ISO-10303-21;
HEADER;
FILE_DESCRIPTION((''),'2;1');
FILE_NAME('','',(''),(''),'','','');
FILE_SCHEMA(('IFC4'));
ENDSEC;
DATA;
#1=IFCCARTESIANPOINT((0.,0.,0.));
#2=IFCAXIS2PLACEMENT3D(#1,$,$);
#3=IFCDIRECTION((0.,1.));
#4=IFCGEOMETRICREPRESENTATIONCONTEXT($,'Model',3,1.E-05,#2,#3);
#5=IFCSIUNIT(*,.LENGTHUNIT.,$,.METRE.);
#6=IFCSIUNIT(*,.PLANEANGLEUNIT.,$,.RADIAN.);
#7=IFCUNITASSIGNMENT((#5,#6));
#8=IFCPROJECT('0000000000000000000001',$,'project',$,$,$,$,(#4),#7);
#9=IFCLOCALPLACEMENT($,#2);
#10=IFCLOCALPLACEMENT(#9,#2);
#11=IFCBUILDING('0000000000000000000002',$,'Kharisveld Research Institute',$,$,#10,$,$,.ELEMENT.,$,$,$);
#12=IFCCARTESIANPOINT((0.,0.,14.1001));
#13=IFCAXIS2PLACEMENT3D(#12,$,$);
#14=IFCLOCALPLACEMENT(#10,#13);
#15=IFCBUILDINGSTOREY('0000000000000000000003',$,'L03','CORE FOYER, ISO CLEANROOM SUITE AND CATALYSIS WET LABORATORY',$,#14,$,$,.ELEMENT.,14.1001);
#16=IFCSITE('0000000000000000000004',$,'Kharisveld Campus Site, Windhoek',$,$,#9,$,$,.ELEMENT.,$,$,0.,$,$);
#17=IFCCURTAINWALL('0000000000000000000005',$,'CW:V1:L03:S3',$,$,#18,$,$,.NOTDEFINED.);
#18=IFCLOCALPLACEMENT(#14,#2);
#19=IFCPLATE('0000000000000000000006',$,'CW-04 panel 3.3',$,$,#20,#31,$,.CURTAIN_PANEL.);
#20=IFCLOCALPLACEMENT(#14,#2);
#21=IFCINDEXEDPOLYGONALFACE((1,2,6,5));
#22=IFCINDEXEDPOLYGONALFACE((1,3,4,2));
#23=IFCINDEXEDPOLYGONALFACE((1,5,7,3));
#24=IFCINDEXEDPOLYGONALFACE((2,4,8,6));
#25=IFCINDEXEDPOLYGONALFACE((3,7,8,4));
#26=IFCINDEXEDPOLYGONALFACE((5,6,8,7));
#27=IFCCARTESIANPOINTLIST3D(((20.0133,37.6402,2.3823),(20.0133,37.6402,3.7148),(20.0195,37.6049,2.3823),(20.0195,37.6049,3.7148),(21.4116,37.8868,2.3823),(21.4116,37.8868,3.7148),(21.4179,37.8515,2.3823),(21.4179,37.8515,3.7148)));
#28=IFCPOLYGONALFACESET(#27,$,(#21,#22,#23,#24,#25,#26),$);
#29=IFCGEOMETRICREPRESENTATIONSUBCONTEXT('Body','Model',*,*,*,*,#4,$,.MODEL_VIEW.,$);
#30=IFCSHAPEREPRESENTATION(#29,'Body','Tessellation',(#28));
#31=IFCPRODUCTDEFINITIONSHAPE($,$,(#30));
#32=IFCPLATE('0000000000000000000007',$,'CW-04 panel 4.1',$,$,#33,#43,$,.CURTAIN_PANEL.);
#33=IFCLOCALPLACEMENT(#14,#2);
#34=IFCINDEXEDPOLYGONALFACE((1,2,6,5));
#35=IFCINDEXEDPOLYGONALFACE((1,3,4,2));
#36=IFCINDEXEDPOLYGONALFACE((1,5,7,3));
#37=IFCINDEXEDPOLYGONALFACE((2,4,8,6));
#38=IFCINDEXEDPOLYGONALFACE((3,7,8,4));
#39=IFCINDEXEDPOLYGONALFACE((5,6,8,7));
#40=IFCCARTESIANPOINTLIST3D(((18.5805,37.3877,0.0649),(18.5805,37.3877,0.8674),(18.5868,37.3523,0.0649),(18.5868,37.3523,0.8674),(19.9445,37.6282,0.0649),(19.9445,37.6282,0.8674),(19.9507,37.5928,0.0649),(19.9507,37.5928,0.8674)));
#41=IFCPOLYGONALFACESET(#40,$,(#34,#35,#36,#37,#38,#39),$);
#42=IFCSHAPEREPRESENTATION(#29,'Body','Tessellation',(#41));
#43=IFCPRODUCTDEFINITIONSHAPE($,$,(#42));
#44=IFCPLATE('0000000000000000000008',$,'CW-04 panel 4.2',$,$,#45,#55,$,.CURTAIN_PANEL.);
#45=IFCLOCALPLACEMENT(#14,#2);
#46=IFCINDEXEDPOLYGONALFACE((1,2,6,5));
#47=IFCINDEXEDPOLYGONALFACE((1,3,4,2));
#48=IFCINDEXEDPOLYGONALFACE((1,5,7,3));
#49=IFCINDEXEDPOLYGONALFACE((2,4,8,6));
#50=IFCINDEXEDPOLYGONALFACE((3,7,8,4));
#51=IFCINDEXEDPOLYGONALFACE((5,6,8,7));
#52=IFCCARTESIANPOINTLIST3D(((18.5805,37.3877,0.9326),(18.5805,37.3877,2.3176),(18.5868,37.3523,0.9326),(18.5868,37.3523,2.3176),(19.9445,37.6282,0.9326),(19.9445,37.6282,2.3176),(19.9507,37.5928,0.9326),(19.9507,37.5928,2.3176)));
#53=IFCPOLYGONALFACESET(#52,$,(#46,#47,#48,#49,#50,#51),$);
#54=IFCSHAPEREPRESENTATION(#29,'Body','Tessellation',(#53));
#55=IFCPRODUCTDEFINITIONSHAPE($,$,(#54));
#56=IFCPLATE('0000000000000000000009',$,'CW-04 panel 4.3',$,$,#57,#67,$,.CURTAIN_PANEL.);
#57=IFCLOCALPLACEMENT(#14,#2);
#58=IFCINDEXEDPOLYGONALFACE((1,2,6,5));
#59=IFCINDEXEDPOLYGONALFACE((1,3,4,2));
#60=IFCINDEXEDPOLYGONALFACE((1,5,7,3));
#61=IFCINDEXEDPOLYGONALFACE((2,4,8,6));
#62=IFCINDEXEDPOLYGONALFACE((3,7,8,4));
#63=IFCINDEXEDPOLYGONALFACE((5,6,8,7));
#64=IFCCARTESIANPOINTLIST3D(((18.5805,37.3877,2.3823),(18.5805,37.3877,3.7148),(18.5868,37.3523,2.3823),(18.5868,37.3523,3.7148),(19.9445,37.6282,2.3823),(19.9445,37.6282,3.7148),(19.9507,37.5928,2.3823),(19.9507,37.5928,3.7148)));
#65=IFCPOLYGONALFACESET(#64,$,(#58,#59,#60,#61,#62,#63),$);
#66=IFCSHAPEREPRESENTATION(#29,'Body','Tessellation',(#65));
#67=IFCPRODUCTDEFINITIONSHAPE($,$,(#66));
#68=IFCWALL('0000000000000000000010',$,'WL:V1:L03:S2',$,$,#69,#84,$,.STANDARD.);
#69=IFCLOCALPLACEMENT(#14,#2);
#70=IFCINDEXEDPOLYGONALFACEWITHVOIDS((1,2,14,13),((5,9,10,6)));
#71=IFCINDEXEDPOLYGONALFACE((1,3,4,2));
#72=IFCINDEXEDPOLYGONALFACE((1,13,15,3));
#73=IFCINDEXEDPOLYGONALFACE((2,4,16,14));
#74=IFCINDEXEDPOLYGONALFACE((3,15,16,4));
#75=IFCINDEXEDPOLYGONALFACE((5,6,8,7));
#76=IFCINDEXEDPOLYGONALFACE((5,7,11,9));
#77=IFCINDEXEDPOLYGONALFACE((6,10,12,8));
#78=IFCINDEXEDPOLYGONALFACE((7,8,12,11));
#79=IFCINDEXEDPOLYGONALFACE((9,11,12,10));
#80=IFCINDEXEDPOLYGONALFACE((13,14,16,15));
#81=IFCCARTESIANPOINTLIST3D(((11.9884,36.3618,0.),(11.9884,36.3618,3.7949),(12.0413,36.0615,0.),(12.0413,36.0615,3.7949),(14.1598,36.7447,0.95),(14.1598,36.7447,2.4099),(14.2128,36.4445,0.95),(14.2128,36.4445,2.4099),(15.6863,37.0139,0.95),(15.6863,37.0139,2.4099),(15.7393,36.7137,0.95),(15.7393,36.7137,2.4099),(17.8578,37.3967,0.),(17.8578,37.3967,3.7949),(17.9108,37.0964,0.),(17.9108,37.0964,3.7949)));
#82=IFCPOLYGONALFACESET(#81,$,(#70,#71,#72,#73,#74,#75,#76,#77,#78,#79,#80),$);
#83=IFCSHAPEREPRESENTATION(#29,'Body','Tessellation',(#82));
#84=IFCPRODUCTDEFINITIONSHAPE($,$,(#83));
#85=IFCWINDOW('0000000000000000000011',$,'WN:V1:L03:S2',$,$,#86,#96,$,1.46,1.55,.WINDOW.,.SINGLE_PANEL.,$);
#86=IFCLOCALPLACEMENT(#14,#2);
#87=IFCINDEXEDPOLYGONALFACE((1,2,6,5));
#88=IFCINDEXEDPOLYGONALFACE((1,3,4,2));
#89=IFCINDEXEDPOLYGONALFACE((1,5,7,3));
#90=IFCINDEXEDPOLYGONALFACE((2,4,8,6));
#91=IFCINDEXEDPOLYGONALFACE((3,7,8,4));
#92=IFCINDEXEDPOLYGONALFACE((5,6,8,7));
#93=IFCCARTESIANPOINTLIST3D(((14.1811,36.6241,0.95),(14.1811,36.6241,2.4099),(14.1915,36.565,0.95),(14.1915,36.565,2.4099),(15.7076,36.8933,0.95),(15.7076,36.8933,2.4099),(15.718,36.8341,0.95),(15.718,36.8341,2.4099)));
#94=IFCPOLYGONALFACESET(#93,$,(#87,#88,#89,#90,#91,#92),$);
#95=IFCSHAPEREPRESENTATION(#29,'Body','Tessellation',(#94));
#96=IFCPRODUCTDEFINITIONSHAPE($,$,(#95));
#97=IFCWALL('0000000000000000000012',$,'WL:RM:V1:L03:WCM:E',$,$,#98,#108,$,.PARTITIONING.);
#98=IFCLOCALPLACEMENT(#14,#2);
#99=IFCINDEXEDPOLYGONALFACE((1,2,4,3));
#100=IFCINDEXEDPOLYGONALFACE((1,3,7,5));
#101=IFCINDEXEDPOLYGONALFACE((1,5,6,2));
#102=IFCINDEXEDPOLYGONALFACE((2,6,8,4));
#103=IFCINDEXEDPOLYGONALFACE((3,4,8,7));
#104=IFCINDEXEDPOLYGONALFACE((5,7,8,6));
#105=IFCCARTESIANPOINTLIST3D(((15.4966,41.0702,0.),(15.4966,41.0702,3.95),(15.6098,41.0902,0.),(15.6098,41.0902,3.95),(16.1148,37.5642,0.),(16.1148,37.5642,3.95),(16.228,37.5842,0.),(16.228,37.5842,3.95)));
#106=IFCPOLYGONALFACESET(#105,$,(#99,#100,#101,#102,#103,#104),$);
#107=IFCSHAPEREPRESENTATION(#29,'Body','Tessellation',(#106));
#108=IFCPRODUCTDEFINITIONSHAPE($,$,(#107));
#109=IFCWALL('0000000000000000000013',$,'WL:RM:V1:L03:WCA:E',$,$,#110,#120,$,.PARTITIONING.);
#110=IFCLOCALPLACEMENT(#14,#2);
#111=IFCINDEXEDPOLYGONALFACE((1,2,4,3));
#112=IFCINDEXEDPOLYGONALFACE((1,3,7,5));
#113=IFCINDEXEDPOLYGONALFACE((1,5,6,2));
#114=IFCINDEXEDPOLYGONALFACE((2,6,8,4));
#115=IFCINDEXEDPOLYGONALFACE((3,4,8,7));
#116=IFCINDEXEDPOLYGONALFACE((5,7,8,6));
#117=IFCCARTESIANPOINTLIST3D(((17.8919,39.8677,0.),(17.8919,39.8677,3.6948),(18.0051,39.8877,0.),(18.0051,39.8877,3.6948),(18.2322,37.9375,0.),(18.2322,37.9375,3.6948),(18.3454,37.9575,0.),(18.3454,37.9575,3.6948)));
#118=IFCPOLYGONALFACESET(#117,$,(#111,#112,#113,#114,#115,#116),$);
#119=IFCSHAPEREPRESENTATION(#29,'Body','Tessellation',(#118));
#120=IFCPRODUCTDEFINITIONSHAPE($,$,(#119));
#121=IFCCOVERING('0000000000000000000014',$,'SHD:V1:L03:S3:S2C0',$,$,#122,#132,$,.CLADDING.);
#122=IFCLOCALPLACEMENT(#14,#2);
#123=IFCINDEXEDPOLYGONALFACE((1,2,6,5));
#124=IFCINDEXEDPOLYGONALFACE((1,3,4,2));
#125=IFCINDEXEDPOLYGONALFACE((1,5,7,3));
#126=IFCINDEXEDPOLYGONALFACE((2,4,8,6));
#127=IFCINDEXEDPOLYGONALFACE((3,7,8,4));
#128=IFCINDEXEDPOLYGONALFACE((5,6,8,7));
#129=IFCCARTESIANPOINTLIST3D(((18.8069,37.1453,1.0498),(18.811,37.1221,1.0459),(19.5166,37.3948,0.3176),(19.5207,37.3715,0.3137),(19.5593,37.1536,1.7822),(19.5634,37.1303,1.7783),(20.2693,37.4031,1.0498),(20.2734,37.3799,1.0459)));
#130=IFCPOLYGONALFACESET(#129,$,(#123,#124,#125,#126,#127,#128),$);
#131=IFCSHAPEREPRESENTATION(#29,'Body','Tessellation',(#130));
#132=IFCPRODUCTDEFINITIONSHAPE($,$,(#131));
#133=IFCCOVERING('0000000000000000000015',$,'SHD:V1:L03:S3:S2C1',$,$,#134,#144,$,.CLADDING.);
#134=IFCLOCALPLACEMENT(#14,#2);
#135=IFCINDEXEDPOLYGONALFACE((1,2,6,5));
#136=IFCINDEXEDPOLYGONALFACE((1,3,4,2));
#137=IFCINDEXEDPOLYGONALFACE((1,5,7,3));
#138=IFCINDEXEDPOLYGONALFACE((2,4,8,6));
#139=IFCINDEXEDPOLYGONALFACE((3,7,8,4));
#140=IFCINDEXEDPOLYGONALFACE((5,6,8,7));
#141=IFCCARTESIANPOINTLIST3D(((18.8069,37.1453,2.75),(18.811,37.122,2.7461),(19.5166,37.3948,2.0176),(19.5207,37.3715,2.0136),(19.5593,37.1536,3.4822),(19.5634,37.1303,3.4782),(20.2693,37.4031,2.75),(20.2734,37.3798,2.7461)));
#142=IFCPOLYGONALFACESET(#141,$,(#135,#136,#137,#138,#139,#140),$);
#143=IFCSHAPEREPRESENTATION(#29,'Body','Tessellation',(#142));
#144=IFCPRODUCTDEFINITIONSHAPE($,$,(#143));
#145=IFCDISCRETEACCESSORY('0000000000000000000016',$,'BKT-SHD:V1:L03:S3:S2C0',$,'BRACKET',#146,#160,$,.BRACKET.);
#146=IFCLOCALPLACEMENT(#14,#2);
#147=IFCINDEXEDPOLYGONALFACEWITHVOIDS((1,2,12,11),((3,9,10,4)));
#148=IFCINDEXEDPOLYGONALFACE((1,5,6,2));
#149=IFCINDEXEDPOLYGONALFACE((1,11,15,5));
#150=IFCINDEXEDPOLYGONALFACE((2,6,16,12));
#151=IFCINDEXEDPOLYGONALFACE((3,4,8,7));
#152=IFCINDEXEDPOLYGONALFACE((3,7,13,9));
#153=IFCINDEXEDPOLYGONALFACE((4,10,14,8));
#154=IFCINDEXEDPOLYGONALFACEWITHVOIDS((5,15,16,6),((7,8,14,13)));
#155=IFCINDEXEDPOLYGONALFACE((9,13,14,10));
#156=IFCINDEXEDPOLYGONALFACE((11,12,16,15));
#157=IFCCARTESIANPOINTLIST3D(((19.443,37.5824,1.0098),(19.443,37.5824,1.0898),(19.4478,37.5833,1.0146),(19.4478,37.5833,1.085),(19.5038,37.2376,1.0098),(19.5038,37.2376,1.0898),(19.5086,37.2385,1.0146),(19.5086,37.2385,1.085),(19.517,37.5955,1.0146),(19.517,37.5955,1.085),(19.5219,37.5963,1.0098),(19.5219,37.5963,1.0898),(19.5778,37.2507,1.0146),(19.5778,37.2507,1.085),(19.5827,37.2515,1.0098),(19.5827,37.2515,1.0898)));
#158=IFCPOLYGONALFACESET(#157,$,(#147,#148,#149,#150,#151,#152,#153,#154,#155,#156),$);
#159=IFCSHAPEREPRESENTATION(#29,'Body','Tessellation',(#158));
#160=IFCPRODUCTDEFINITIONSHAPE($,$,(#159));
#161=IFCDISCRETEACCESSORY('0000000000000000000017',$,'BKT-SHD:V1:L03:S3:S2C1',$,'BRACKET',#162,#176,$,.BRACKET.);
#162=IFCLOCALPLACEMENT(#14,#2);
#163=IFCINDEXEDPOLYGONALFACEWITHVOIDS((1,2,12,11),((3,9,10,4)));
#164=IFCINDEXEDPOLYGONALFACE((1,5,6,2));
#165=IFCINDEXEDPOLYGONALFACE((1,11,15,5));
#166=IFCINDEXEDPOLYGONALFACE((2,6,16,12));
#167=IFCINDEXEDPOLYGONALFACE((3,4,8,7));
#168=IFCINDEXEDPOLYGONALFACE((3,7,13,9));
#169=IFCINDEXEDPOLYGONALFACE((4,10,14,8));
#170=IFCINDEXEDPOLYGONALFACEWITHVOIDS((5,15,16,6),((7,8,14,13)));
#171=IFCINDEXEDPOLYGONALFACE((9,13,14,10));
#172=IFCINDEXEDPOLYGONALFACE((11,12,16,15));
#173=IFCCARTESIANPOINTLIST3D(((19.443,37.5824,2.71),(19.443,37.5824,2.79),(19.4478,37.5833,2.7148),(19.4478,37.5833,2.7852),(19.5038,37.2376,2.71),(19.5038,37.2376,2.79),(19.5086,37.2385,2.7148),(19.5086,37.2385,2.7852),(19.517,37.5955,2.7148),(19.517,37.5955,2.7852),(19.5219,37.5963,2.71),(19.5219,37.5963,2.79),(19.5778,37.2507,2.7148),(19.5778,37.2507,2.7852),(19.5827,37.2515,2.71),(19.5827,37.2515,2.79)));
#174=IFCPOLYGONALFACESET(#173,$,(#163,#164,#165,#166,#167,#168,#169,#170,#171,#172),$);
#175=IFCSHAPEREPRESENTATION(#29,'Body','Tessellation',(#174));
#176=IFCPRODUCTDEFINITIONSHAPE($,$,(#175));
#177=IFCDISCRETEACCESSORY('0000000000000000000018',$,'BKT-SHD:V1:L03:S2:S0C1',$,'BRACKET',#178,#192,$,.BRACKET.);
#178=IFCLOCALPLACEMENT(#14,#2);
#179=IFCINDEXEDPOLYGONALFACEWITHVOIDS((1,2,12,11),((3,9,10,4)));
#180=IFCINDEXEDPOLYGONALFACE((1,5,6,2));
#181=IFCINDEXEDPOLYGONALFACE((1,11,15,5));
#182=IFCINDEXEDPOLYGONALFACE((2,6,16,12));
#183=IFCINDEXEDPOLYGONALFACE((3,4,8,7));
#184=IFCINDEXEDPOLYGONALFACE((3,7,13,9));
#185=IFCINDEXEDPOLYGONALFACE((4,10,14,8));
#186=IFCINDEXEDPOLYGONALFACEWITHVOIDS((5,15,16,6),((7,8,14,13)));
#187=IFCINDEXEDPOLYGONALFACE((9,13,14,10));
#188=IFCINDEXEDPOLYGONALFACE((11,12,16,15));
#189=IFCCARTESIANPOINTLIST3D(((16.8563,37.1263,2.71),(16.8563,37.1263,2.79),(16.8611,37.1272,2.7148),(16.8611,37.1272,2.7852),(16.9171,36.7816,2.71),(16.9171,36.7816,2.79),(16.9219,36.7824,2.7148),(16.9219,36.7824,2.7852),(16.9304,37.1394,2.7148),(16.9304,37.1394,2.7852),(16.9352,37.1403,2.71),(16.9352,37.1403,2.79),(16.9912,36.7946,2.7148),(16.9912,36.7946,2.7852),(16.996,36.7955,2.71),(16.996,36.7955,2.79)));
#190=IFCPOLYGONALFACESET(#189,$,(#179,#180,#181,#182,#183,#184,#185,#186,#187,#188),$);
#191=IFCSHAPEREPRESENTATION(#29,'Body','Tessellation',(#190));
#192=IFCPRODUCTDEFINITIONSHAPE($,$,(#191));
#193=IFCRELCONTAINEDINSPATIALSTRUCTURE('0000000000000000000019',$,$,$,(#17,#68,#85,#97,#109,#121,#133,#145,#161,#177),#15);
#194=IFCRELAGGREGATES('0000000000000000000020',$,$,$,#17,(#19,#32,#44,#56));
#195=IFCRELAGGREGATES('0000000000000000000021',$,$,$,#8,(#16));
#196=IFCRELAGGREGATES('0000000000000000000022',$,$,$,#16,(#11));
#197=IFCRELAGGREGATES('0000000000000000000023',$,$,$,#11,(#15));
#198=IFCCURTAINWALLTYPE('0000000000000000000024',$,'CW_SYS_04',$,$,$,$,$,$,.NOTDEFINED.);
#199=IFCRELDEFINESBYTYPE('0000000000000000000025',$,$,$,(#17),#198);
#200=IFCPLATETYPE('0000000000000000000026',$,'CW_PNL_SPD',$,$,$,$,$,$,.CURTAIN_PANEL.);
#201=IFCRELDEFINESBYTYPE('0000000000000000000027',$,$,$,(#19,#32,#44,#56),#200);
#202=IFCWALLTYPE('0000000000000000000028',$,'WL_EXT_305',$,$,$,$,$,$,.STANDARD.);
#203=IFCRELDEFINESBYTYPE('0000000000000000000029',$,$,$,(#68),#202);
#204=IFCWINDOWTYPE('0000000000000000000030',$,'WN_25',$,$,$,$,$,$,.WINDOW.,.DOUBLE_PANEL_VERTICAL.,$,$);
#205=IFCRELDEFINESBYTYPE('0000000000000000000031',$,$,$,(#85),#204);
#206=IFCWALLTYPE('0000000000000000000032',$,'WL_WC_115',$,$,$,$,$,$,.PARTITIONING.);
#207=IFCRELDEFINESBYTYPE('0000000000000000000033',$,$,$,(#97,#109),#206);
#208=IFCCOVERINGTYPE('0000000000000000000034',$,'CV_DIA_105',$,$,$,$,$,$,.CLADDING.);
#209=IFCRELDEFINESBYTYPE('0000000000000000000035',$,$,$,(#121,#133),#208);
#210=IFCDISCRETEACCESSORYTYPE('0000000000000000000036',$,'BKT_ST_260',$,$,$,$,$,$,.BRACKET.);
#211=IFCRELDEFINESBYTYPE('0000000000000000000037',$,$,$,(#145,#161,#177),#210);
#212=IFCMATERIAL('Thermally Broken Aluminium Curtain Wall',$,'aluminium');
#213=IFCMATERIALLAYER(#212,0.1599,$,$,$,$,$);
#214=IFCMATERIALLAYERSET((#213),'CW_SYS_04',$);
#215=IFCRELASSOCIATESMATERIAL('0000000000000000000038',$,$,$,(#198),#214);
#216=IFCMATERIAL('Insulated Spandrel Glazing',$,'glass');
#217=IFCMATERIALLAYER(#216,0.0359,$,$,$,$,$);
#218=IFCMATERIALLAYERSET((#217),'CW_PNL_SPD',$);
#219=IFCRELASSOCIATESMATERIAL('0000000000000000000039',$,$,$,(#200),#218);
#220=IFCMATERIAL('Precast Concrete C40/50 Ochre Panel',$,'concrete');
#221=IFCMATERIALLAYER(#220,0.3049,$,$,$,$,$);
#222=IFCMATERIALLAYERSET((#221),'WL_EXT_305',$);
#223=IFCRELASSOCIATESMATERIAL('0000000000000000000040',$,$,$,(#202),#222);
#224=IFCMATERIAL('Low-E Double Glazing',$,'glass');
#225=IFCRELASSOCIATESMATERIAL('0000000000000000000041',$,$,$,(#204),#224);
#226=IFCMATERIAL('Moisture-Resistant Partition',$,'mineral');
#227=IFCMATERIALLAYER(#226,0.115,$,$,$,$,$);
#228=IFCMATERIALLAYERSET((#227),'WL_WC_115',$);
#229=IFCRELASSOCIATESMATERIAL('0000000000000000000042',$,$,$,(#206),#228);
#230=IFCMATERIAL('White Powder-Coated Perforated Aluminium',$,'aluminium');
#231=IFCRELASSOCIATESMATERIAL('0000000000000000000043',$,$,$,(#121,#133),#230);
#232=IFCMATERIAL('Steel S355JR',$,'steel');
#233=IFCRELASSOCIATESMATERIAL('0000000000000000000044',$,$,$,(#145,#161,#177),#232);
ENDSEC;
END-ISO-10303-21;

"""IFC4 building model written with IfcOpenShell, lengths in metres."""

from ifc_helpers import new_model, si_unit, direction, frame, frame_2d, origin, origin_2d, place, context, subcontext, project, spatial, polyline, rectangle, hollow_rectangle, outline, extrude, material, layer, layer_set, type_object, element, fill, aggregate, save


model = new_model("IFC4")

# Units and contexts
model_context = context("Model", 3, precision=1e-05, world=origin(), true_north=direction((0.0, 1.0)))
body_context = subcontext(model_context, "Body", "Model", "MODEL_VIEW")
ifc_project = project(units=[si_unit("LENGTHUNIT", "METRE"), si_unit("PLANEANGLEUNIT", "RADIAN")], contexts=[model_context])

# Site, building, storey
site_placement = place(None, origin())
site = spatial("IfcSite", under=ifc_project, at=site_placement, Name="Kharisveld Campus Site, Windhoek", CompositionType="ELEMENT", RefElevation=0.0)
building_placement = place(site_placement, origin())
building = spatial("IfcBuilding", under=site, at=building_placement, Name="Kharisveld Research Institute", CompositionType="ELEMENT")
storey_placement = place(building_placement, frame((0.0, 0.0, 14.1001)))
storey = spatial("IfcBuildingStorey", under=building, at=storey_placement, Name="L03", Description="CORE FOYER, ISO CLEANROOM SUITE AND CATALYSIS WET LABORATORY", CompositionType="ELEMENT", Elevation=14.1001)

# Curtain wall
ifc_material_1 = material(Name="Thermally Broken Aluminium Curtain Wall", Category="aluminium")
ifc_layer_1 = layer(ifc_material_1, 0.1599)
ifc_layer_set_1 = layer_set([ifc_layer_1], Name="CW_SYS_04")
curtain_wall_type = type_object("IfcCurtainWallType", Name="CW_SYS_04", PredefinedType="NOTDEFINED", material=ifc_layer_set_1)
curtain_wall_placement = place(storey_placement, origin())
curtain_wall = element("IfcCurtainWall", 1, at=curtain_wall_placement, inside=storey, type_object=curtain_wall_type, Name="CW:V1:L03:S3", PredefinedType="NOTDEFINED")

# Plates
ifc_material_2 = material(Name="Insulated Spandrel Glazing", Category="glass")
ifc_layer_2 = layer(ifc_material_2, 0.0359)
ifc_layer_set_2 = layer_set([ifc_layer_2], Name="CW_PNL_SPD")
plate_type = type_object("IfcPlateType", Name="CW_PNL_SPD", PredefinedType="CURTAIN_PANEL", material=ifc_layer_set_2)
plate_1_placement = place(storey_placement, frame((20.7156, 37.7458, 2.3823), z_axis=(0.0, 0.0, 1.0), x_axis=(-0.984808, -0.173648, 0.0)))
plate_1 = element("IfcPlate", 2, at=plate_1_placement, type_object=plate_type, Name="CW-04 panel 3.3", PredefinedType="CURTAIN_PANEL", context=body_context, shape_type="SweptSolid", body=[
    extrude(rectangle(XDim=1.4199, YDim=0.0359, at=origin_2d()), origin(), (0.0, 0.0, 1.0), 1.3325),
])
plate_2_placement = place(storey_placement, frame((19.2656, 37.4902, 0.0649), z_axis=(0.0, 0.0, 1.0), x_axis=(-0.984808, -0.173648, 0.0)))
plate_2 = element("IfcPlate", 3, at=plate_2_placement, type_object=plate_type, Name="CW-04 panel 4.1", PredefinedType="CURTAIN_PANEL", context=body_context, shape_type="SweptSolid", body=[
    extrude(rectangle(XDim=1.385, YDim=0.0359, at=origin_2d()), origin(), (0.0, 0.0, 1.0), 0.8025),
])
plate_3_placement = place(storey_placement, frame((19.2656, 37.4902, 0.9326), z_axis=(0.0, 0.0, 1.0), x_axis=(-0.984808, -0.173648, 0.0)))
plate_3 = element("IfcPlate", 4, at=plate_3_placement, type_object=plate_type, Name="CW-04 panel 4.2", PredefinedType="CURTAIN_PANEL", context=body_context, shape_type="SweptSolid", body=[
    extrude(rectangle(XDim=1.385, YDim=0.0359, at=origin_2d()), origin(), (0.0, 0.0, 1.0), 1.385),
])
plate_4_placement = place(storey_placement, frame((19.2656, 37.4902, 2.3823), z_axis=(0.0, 0.0, 1.0), x_axis=(-0.984808, -0.173648, 0.0)))
plate_4 = element("IfcPlate", 5, at=plate_4_placement, type_object=plate_type, Name="CW-04 panel 4.3", PredefinedType="CURTAIN_PANEL", context=body_context, shape_type="SweptSolid", body=[
    extrude(rectangle(XDim=1.385, YDim=0.0359, at=origin_2d()), origin(), (0.0, 0.0, 1.0), 1.3325),
])
aggregate(curtain_wall, [plate_1, plate_2, plate_3, plate_4])

# Wall, opening, window
ifc_material_3 = material(Name="Precast Concrete C40/50 Ochre Panel", Category="concrete")
ifc_layer_3 = layer(ifc_material_3, 0.3049)
ifc_layer_set_3 = layer_set([ifc_layer_3], Name="WL_EXT_305")
wall_type_1 = type_object("IfcWallType", Name="WL_EXT_305", PredefinedType="STANDARD", material=ifc_layer_set_3)
wall_1_placement = place(storey_placement, frame((17.8843, 37.2466, 0.0), z_axis=(0.0, 0.0, 1.0), x_axis=(-0.984808, -0.173645, 0.0)))
wall_1 = element("IfcWall", 6, at=wall_1_placement, inside=storey, type_object=wall_type_1, Name="WL:V1:L03:S2", PredefinedType="STANDARD", context=body_context, shape_type="SweptSolid", body=[
    extrude(rectangle(XDim=5.96, YDim=0.3049, at=frame_2d((2.98, 0.0))), origin(), (0.0, 0.0, 1.0), 3.7949),
])
opening_placement = place(wall_1_placement, frame((2.2051, 0.0, 0.95)))
opening = element("IfcOpeningElement", 7, at=opening_placement, cuts=wall_1, PredefinedType="OPENING", context=body_context, shape_type="SweptSolid", body=[
    extrude(rectangle(XDim=1.55, YDim=1.46, at=frame_2d((0.7749, 0.73))), frame((0.0, 0.1523, 0.0), z_axis=(0.0, -1.0, 0.0), x_axis=(1.0, 0.0, 0.0)), (0.0, 0.0, 1.0), 0.3049),
])
ifc_material_4 = material(Name="Low-E Double Glazing", Category="glass")
window_type = type_object("IfcWindowType", Name="WN_25", PartitioningType="DOUBLE_PANEL_VERTICAL", PredefinedType="WINDOW", material=ifc_material_4)
window_placement = place(opening_placement, origin())
window = element("IfcWindow", 8, at=window_placement, inside=storey, type_object=window_type, Name="WN:V1:L03:S2", OverallHeight=1.46, OverallWidth=1.55, PartitioningType="SINGLE_PANEL", PredefinedType="WINDOW", context=body_context, shape_type="SweptSolid", body=[
    extrude(rectangle(XDim=1.55, YDim=1.46, at=frame_2d((0.7749, 0.73))), frame((0.0, 0.03, 0.0), z_axis=(0.0, -1.0, 0.0), x_axis=(1.0, 0.0, 0.0)), (0.0, 0.0, 1.0), 0.0601),
])
fill(opening, window)

# Walls
ifc_material_5 = material(Name="Moisture-Resistant Partition", Category="mineral")
ifc_layer_4 = layer(ifc_material_5, 0.115)
ifc_layer_set_4 = layer_set([ifc_layer_4], Name="WL_WC_115")
wall_type_2 = type_object("IfcWallType", Name="WL_WC_115", PredefinedType="PARTITIONING", material=ifc_layer_set_4)
wall_2_placement = place(storey_placement, frame((16.1714, 37.5742, 0.0), z_axis=(0.0, 0.0, 1.0), x_axis=(-0.173644, 0.984808, 0.0)))
element("IfcWall", 9, at=wall_2_placement, inside=storey, type_object=wall_type_2, Name="WL:RM:V1:L03:WCM:E", PredefinedType="PARTITIONING", context=body_context, shape_type="SweptSolid", body=[
    extrude(rectangle(XDim=3.5601, YDim=0.115, at=frame_2d((1.78, 0.0))), origin(), (0.0, 0.0, 1.0), 3.95),
])
wall_3_placement = place(storey_placement, frame((18.2888, 37.9475, 0.0), z_axis=(0.0, 0.0, 1.0), x_axis=(-0.173643, 0.984809, 0.0)))
element("IfcWall", 10, at=wall_3_placement, inside=storey, type_object=wall_type_2, Name="WL:RM:V1:L03:WCA:E", PredefinedType="PARTITIONING", context=body_context, shape_type="SweptSolid", body=[
    extrude(rectangle(XDim=1.96, YDim=0.115, at=frame_2d((0.98, 0.0))), origin(), (0.0, 0.0, 1.0), 3.6948),
])

# Coverings
ifc_material_6 = material(Name="White Powder-Coated Perforated Aluminium", Category="aluminium")
covering_type = type_object("IfcCoveringType", Name="CV_DIA_105", PredefinedType="CLADDING")
covering_1_placement = place(storey_placement, frame((19.5166, 37.3948, 0.3176), z_axis=(-0.171238, 0.971321, 0.164966), x_axis=(-0.676069, -0.237642, 0.697465)))
element("IfcCovering", 11, at=covering_1_placement, inside=storey, type_object=covering_type, material=ifc_material_6, Name="SHD:V1:L03:S3:S2C0", PredefinedType="CLADDING", context=body_context, shape_type="SweptSolid", body=[
    extrude(outline(polyline([(0.0, 0.0), (1.0498, 0.0), (1.0499, 1.0501), (-0.0002, 1.0501), (0.0, 0.0)])), origin(), (0.0, 0.0, -1.0), 0.0239),
])
covering_2_placement = place(storey_placement, frame((19.5166, 37.3948, 2.0176), z_axis=(-0.171238, 0.971321, 0.164966), x_axis=(-0.675953, -0.237641, 0.697578)))
element("IfcCovering", 12, at=covering_2_placement, inside=storey, type_object=covering_type, material=ifc_material_6, Name="SHD:V1:L03:S3:S2C1", PredefinedType="CLADDING", context=body_context, shape_type="SweptSolid", body=[
    extrude(outline(polyline([(0.0, 0.0), (1.05, 0.0), (1.0501, 1.0499), (0.0002, 1.0503), (0.0, 0.0)])), origin(), (0.0, 0.0, -1.0), 0.0239),
])

# Discrete accessories
ifc_material_7 = material(Name="Steel S355JR", Category="steel")
discrete_accessory_type = type_object("IfcDiscreteAccessoryType", Name="BKT_ST_260", PredefinedType="BRACKET")
for number, where, z_axis, x_axis, name in (
    (13, (19.4824, 37.5894, 1.0498), (0.173666, -0.984805, 0.0), (0.984805, 0.173666, 0.0), "BKT-SHD:V1:L03:S3:S2C0"),
    (14, (19.4824, 37.5894, 2.75), (0.173666, -0.984805, 0.0), (0.984805, 0.173666, 0.0), "BKT-SHD:V1:L03:S3:S2C1"),
    (15, (16.8958, 37.1333, 2.75), (0.173666, -0.984805, 0.0), (0.984805, 0.173666, 0.0), "BKT-SHD:V1:L03:S2:S0C1"),
):
    element("IfcDiscreteAccessory", number, at=place(storey_placement, frame(where, z_axis=z_axis, x_axis=x_axis)), inside=storey, type_object=discrete_accessory_type, material=ifc_material_7, Name=name, ObjectType="BRACKET", PredefinedType="BRACKET", context=body_context, shape_type="SweptSolid", body=[
        extrude(hollow_rectangle(XDim=0.0801, YDim=0.0801, WallThickness=0.0049, at=origin_2d()), origin(), (0.0, 0.0, 1.0), 0.3501),
    ])

save(model, "model.ifc")
